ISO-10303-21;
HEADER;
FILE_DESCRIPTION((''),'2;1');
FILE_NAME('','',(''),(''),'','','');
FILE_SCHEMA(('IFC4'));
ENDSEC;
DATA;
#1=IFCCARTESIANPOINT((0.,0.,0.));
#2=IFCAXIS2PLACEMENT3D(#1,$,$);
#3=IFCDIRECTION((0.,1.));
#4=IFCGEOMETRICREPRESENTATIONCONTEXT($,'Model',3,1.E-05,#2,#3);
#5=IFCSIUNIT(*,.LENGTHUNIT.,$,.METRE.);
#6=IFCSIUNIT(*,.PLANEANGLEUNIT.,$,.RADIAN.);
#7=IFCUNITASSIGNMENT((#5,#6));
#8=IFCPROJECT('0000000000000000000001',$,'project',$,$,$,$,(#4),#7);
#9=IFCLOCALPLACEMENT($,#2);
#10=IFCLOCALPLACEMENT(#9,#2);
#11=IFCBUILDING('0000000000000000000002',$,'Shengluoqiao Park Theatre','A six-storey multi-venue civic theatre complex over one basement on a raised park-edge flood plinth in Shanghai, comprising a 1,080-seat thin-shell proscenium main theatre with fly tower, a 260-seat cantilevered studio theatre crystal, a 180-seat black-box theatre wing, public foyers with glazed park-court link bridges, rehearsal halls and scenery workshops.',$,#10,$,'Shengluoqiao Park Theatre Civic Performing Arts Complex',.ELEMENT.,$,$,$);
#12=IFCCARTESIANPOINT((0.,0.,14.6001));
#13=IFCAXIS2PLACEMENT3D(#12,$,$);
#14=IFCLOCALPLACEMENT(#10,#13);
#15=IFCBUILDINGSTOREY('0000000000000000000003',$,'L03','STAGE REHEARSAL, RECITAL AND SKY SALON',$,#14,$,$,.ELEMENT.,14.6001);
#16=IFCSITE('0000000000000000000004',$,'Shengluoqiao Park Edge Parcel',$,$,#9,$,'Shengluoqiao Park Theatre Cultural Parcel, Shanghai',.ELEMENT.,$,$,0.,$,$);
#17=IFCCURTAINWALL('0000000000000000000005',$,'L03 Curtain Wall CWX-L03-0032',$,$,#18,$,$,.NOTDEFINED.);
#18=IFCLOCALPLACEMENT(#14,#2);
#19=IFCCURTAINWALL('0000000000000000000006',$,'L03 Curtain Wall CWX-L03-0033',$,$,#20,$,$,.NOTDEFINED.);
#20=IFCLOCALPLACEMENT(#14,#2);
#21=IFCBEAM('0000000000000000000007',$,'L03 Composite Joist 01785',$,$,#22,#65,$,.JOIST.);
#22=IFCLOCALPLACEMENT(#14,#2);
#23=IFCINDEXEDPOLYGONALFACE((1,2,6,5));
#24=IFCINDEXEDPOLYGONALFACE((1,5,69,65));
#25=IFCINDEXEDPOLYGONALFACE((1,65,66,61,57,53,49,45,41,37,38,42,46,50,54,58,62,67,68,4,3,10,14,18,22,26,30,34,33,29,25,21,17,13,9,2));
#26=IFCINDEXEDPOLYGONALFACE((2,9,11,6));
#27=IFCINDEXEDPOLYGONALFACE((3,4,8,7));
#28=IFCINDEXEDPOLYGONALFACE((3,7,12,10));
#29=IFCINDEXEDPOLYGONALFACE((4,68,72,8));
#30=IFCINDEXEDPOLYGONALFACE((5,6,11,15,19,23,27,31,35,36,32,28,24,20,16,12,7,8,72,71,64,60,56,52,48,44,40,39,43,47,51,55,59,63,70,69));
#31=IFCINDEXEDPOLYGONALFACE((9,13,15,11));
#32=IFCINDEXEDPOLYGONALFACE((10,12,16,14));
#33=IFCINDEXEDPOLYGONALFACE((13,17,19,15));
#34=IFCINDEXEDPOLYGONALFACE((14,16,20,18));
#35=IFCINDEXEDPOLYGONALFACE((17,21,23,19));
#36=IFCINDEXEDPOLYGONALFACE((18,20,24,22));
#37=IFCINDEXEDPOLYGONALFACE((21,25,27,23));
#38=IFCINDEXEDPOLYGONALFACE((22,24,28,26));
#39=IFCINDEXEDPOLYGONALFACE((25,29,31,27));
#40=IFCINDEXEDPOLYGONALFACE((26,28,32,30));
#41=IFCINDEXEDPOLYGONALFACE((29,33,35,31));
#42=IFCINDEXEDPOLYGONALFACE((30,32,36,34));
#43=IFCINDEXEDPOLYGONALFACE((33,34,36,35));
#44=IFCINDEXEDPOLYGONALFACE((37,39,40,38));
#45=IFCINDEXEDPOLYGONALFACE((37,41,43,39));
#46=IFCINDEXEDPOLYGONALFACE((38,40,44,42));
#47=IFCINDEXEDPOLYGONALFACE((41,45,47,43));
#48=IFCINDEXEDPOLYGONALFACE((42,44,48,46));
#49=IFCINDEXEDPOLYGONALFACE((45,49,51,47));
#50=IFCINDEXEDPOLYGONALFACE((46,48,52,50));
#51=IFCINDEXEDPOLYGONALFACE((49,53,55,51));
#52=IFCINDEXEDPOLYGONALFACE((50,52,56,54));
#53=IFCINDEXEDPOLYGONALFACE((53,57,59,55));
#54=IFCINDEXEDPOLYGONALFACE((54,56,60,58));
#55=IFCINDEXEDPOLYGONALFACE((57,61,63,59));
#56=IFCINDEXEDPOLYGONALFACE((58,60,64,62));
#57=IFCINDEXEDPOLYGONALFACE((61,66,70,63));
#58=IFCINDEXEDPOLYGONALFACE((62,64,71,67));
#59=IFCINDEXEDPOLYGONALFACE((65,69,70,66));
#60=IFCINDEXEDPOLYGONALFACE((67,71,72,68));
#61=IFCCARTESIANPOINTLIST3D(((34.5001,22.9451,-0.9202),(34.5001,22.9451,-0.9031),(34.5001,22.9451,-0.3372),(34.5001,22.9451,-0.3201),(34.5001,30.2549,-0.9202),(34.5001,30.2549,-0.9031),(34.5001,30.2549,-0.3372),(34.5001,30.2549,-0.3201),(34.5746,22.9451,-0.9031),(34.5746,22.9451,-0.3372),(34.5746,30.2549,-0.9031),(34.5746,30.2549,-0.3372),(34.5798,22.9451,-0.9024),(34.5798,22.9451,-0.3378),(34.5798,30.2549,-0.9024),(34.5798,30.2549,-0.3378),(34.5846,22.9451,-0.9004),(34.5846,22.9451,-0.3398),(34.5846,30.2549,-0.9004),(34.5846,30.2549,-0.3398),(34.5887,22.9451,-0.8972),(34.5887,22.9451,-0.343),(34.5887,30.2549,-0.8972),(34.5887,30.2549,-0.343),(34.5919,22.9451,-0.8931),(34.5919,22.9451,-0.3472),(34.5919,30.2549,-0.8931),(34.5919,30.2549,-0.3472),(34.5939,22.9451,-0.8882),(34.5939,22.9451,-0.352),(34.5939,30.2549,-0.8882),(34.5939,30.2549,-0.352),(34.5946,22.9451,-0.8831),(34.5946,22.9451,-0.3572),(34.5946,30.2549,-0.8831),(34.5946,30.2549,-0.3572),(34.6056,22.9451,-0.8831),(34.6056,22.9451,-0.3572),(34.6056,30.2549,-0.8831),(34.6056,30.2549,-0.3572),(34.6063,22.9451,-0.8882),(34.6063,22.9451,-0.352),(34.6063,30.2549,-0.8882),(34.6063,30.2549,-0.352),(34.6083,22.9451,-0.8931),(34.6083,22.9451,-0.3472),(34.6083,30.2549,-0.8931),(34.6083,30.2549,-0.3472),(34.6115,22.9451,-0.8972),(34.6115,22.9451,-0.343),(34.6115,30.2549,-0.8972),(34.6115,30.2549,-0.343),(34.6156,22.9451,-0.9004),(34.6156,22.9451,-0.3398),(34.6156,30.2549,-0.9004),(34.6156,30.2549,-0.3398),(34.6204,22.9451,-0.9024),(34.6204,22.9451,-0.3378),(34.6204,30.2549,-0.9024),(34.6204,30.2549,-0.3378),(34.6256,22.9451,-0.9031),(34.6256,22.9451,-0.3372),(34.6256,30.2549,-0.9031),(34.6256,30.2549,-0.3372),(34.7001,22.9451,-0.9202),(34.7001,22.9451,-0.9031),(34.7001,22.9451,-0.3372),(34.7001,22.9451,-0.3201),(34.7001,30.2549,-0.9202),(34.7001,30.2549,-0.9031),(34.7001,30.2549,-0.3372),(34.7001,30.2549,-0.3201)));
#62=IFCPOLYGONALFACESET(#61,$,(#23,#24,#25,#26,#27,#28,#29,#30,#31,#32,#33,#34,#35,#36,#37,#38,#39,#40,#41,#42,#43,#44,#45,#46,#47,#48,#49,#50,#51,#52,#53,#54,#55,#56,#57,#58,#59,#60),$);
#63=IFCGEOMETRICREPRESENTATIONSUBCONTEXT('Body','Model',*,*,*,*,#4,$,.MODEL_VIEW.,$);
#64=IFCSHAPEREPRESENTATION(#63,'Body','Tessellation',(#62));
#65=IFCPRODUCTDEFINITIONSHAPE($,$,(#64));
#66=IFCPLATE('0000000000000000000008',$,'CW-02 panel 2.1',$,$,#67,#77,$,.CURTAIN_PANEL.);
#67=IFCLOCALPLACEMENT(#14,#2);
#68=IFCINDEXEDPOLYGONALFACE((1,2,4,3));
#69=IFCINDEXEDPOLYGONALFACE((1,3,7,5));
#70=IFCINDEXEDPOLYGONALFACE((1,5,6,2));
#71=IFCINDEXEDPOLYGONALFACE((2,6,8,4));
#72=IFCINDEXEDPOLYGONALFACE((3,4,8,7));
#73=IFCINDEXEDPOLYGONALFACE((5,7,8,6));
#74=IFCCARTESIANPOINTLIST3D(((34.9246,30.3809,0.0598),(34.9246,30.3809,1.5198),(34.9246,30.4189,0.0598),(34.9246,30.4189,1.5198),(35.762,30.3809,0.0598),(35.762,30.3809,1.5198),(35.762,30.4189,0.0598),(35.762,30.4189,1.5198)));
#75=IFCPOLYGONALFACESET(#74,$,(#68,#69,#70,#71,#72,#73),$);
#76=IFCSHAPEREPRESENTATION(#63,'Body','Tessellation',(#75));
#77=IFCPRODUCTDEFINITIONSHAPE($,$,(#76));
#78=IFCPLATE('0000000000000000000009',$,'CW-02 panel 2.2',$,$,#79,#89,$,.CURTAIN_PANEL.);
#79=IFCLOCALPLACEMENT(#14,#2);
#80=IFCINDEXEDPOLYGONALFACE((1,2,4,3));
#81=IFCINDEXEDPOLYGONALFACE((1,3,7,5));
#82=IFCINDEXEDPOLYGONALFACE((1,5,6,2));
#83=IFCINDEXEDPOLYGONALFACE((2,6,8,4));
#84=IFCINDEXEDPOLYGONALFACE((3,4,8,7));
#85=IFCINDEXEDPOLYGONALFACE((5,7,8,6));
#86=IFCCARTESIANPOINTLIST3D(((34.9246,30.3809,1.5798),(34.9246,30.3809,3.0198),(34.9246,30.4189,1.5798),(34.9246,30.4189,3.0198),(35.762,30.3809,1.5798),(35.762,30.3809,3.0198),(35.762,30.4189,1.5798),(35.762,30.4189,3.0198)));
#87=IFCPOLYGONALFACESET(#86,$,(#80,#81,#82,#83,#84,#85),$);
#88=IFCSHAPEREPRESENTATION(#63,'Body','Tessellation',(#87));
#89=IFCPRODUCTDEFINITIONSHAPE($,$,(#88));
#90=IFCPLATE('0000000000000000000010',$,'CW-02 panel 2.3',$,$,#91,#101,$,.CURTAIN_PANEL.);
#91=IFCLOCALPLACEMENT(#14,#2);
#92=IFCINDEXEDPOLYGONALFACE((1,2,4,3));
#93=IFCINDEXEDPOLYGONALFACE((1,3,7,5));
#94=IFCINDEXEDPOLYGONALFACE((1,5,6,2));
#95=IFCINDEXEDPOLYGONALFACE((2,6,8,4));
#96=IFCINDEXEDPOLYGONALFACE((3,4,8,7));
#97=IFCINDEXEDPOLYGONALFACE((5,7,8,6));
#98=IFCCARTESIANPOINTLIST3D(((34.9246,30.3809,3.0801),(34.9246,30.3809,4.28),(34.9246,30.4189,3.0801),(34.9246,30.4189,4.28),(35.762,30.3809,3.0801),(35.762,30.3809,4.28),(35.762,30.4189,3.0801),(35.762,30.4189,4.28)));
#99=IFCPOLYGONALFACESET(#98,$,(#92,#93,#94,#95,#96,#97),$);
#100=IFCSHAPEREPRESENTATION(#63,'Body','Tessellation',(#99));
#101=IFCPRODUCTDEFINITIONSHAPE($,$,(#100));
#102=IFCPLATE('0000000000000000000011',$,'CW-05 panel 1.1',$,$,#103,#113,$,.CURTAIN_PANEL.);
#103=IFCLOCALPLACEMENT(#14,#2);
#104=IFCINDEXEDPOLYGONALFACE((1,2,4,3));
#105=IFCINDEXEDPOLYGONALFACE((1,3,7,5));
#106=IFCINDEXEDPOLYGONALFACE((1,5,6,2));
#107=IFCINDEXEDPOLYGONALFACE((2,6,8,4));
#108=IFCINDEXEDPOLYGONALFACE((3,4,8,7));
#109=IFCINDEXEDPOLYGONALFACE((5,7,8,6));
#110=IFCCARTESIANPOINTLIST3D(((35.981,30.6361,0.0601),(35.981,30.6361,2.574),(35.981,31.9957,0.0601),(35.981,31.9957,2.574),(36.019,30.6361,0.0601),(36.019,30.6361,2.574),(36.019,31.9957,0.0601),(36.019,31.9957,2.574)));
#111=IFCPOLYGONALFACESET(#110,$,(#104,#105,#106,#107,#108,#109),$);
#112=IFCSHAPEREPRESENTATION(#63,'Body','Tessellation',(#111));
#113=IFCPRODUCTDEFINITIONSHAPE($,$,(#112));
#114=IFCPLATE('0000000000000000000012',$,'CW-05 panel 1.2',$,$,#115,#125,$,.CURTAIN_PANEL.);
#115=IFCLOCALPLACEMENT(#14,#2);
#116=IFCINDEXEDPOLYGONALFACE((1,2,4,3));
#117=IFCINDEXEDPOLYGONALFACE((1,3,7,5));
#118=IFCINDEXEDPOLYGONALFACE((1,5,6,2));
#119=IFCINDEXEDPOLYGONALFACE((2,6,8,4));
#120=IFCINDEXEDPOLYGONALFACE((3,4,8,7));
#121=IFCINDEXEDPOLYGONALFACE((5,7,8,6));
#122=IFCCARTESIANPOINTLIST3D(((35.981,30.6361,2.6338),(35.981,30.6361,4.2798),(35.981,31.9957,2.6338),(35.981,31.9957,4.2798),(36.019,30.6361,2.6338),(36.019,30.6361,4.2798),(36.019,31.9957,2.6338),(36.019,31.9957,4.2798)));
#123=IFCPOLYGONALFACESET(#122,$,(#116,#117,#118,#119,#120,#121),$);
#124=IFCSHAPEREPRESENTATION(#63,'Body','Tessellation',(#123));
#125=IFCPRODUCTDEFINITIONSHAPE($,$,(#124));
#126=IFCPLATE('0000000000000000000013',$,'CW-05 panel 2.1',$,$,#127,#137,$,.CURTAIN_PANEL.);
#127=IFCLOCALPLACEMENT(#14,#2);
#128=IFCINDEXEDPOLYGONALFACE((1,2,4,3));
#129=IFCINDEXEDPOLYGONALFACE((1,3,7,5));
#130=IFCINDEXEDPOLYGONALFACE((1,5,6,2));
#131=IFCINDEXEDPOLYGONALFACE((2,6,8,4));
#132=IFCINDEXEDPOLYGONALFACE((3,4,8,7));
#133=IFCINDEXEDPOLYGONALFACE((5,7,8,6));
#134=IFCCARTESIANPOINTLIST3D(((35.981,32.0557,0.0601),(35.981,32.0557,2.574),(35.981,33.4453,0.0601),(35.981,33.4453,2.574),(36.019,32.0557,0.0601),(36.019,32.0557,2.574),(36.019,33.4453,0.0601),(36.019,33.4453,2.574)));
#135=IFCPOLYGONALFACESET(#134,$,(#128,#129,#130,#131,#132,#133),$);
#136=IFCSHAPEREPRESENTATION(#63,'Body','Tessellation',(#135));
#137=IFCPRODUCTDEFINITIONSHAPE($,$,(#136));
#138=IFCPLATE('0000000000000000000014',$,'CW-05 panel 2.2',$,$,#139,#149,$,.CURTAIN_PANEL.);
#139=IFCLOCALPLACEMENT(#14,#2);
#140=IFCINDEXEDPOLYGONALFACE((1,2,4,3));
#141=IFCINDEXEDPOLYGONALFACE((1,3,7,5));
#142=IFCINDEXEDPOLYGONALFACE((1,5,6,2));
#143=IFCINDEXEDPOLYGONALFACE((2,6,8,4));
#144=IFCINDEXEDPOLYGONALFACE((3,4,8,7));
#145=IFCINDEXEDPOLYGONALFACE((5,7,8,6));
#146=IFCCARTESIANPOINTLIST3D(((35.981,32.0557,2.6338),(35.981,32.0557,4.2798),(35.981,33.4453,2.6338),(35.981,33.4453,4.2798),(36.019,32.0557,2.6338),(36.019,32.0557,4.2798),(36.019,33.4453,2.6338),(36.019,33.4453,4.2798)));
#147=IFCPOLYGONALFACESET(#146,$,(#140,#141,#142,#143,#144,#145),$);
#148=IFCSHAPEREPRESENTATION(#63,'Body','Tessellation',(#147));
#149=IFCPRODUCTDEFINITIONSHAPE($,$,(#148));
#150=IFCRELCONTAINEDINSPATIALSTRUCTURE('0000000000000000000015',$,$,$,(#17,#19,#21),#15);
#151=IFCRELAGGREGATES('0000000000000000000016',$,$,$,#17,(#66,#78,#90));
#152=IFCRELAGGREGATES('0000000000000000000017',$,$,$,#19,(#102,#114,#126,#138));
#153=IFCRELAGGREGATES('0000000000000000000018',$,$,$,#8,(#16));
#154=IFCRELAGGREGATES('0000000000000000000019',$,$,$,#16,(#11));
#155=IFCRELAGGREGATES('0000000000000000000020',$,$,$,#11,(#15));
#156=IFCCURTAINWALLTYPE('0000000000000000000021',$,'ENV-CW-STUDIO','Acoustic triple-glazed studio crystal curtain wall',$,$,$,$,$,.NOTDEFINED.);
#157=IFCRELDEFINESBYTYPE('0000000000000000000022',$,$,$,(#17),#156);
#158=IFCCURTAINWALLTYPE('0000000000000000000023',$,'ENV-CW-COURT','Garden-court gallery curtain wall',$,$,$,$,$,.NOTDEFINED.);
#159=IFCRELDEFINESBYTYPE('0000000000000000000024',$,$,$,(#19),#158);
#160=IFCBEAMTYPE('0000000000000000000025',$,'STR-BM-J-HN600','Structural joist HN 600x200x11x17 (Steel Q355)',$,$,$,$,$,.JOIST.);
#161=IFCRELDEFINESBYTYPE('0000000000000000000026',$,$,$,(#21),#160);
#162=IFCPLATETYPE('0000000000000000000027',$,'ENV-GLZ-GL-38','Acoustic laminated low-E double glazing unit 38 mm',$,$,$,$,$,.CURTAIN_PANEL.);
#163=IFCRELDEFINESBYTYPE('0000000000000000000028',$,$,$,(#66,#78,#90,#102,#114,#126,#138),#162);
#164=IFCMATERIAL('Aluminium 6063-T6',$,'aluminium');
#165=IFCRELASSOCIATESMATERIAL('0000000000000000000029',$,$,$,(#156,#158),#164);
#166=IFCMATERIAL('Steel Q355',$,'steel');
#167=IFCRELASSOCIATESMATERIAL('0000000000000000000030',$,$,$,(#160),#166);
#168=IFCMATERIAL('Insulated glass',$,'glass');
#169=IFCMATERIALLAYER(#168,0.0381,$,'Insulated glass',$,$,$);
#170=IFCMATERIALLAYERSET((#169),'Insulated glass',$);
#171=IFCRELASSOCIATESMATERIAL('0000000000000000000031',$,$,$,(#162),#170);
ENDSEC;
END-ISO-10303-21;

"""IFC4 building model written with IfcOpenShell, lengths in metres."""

from ifc_helpers import new_model, si_unit, direction, frame, origin, origin_2d, place, context, subcontext, project, spatial, rectangle, i_section, extrude, material, layer, layer_set, material_profile, profile_set, type_object, element, aggregate, save


model = new_model("IFC4")

# Units and contexts
model_context = context("Model", 3, precision=1e-05, world=origin(), true_north=direction((0.0, 1.0)))
body_context = subcontext(model_context, "Body", "Model", "MODEL_VIEW")
ifc_project = project(units=[si_unit("LENGTHUNIT", "METRE"), si_unit("PLANEANGLEUNIT", "RADIAN")], contexts=[model_context])

# Site, building, storey
site_placement = place(None, origin())
site = spatial("IfcSite", under=ifc_project, at=site_placement, Name="Shengluoqiao Park Edge Parcel", LongName="Shengluoqiao Park Theatre Cultural Parcel, Shanghai", CompositionType="ELEMENT", RefElevation=0.0)
building_placement = place(site_placement, origin())
building = spatial("IfcBuilding", under=site, at=building_placement, Name="Shengluoqiao Park Theatre", Description="A six-storey multi-venue civic theatre complex over one basement on a raised park-edge flood plinth in Shanghai, comprising a 1,080-seat thin-shell proscenium main theatre with fly tower, a 260-seat cantilevered studio theatre crystal, a 180-seat black-box theatre wing, public foyers with glazed park-court link bridges, rehearsal halls and scenery workshops.", LongName="Shengluoqiao Park Theatre Civic Performing Arts Complex", CompositionType="ELEMENT")
storey_placement = place(building_placement, frame((0.0, 0.0, 14.6001)))
storey = spatial("IfcBuildingStorey", under=building, at=storey_placement, Name="L03", Description="STAGE REHEARSAL, RECITAL AND SKY SALON", CompositionType="ELEMENT", Elevation=14.6001)

# Shared definitions
ifc_material_1 = material(Name="Steel Q355", Category="steel")

# Curtain walls
ifc_material_2 = material(Name="Aluminium 6063-T6", Category="aluminium")
curtain_wall_type_1 = type_object("IfcCurtainWallType", Name="ENV-CW-STUDIO", Description="Acoustic triple-glazed studio crystal curtain wall", PredefinedType="NOTDEFINED", material=ifc_material_2)
curtain_wall_1_placement = place(storey_placement, origin())
curtain_wall_1 = element("IfcCurtainWall", 1, at=curtain_wall_1_placement, inside=storey, type_object=curtain_wall_type_1, Name="L03 Curtain Wall CWX-L03-0032", PredefinedType="NOTDEFINED")
curtain_wall_type_2 = type_object("IfcCurtainWallType", Name="ENV-CW-COURT", Description="Garden-court gallery curtain wall", PredefinedType="NOTDEFINED", material=ifc_material_2)
curtain_wall_2_placement = place(storey_placement, origin())
curtain_wall_2 = element("IfcCurtainWall", 2, at=curtain_wall_2_placement, inside=storey, type_object=curtain_wall_type_2, Name="L03 Curtain Wall CWX-L03-0033", PredefinedType="NOTDEFINED")

# Beam
ifc_material_profile_1 = material_profile(ifc_material_1, i_section(OverallWidth=0.2, OverallDepth=0.6001, WebThickness=0.011, FlangeThickness=0.0171, FilletRadius=0.02, at=origin_2d()), Name="HN 600x200x11x17")
ifc_profile_set_1 = profile_set([ifc_material_profile_1], Name="Steel Q355")
beam_type_1 = type_object("IfcBeamType", Name="STR-BM-J-HN600", Description="Structural joist HN 600x200x11x17 (Steel Q355)", PredefinedType="JOIST", material=ifc_profile_set_1)
beam_1_placement = place(storey_placement, frame((34.6001, 22.9451, -0.6201), z_axis=(0.0, 1.0, 0.0), x_axis=(-1.0, 0.0, 0.0)))
element("IfcBeam", 3, at=beam_1_placement, inside=storey, type_object=beam_type_1, Name="L03 Composite Joist 01785", PredefinedType="JOIST", context=body_context, shape_type="SweptSolid", body=[
    extrude(i_section(OverallWidth=0.2, OverallDepth=0.6001, WebThickness=0.011, FlangeThickness=0.0171, FilletRadius=0.02, at=origin_2d()), origin(), (0.0, 0.0, 1.0), 7.3098),
])

# Plates
ifc_material_3 = material(Name="Insulated glass", Category="glass")
ifc_layer = layer(ifc_material_3, 0.0381, Name="Insulated glass")
ifc_layer_set = layer_set([ifc_layer], Name="Insulated glass")
plate_type = type_object("IfcPlateType", Name="ENV-GLZ-GL-38", Description="Acoustic laminated low-E double glazing unit 38 mm", PredefinedType="CURTAIN_PANEL", material=ifc_layer_set)
plate_1_placement = place(storey_placement, frame((35.3433, 30.3999, 0.0598), z_axis=(0.0, 0.0, 1.0), x_axis=(1.0, 0.0, 0.0)))
plate_1 = element("IfcPlate", 4, at=plate_1_placement, type_object=plate_type, Name="CW-02 panel 2.1", PredefinedType="CURTAIN_PANEL", context=body_context, shape_type="SweptSolid", body=[
    extrude(rectangle(XDim=0.8374, YDim=0.0381, at=origin_2d()), origin(), (0.0, 0.0, 1.0), 1.46),
])
plate_2_placement = place(storey_placement, frame((35.3433, 30.3999, 1.5798), z_axis=(0.0, 0.0, 1.0), x_axis=(1.0, 0.0, 0.0)))
plate_2 = element("IfcPlate", 5, at=plate_2_placement, type_object=plate_type, Name="CW-02 panel 2.2", PredefinedType="CURTAIN_PANEL", context=body_context, shape_type="SweptSolid", body=[
    extrude(rectangle(XDim=0.8374, YDim=0.0381, at=origin_2d()), origin(), (0.0, 0.0, 1.0), 1.4399),
])
plate_3_placement = place(storey_placement, frame((35.3433, 30.3999, 3.0801), z_axis=(0.0, 0.0, 1.0), x_axis=(1.0, 0.0, 0.0)))
plate_3 = element("IfcPlate", 6, at=plate_3_placement, type_object=plate_type, Name="CW-02 panel 2.3", PredefinedType="CURTAIN_PANEL", context=body_context, shape_type="SweptSolid", body=[
    extrude(rectangle(XDim=0.8374, YDim=0.0381, at=origin_2d()), origin(), (0.0, 0.0, 1.0), 1.2),
])
aggregate(curtain_wall_1, [plate_1, plate_2, plate_3])
plate_4_placement = place(storey_placement, frame((36.0, 31.3159, 0.0601), z_axis=(0.0, 0.0, 1.0), x_axis=(0.0, 1.0, 0.0)))
plate_4 = element("IfcPlate", 7, at=plate_4_placement, type_object=plate_type, Name="CW-05 panel 1.1", PredefinedType="CURTAIN_PANEL", context=body_context, shape_type="SweptSolid", body=[
    extrude(rectangle(XDim=1.3596, YDim=0.0381, at=origin_2d()), origin(), (0.0, 0.0, 1.0), 2.5139),
])
plate_5_placement = place(storey_placement, frame((36.0, 31.3159, 2.6338), z_axis=(0.0, 0.0, 1.0), x_axis=(0.0, 1.0, 0.0)))
plate_5 = element("IfcPlate", 8, at=plate_5_placement, type_object=plate_type, Name="CW-05 panel 1.2", PredefinedType="CURTAIN_PANEL", context=body_context, shape_type="SweptSolid", body=[
    extrude(rectangle(XDim=1.3596, YDim=0.0381, at=origin_2d()), origin(), (0.0, 0.0, 1.0), 1.646),
])
plate_6_placement = place(storey_placement, frame((36.0, 32.7505, 0.0601), z_axis=(0.0, 0.0, 1.0), x_axis=(0.0, 1.0, 0.0)))
plate_6 = element("IfcPlate", 9, at=plate_6_placement, type_object=plate_type, Name="CW-05 panel 2.1", PredefinedType="CURTAIN_PANEL", context=body_context, shape_type="SweptSolid", body=[
    extrude(rectangle(XDim=1.3896, YDim=0.0381, at=origin_2d()), origin(), (0.0, 0.0, 1.0), 2.5139),
])
plate_7_placement = place(storey_placement, frame((36.0, 32.7505, 2.6338), z_axis=(0.0, 0.0, 1.0), x_axis=(0.0, 1.0, 0.0)))
plate_7 = element("IfcPlate", 10, at=plate_7_placement, type_object=plate_type, Name="CW-05 panel 2.2", PredefinedType="CURTAIN_PANEL", context=body_context, shape_type="SweptSolid", body=[
    extrude(rectangle(XDim=1.3896, YDim=0.0381, at=origin_2d()), origin(), (0.0, 0.0, 1.0), 1.646),
])
aggregate(curtain_wall_2, [plate_4, plate_5, plate_6, plate_7])

save(model, "model.ifc")
